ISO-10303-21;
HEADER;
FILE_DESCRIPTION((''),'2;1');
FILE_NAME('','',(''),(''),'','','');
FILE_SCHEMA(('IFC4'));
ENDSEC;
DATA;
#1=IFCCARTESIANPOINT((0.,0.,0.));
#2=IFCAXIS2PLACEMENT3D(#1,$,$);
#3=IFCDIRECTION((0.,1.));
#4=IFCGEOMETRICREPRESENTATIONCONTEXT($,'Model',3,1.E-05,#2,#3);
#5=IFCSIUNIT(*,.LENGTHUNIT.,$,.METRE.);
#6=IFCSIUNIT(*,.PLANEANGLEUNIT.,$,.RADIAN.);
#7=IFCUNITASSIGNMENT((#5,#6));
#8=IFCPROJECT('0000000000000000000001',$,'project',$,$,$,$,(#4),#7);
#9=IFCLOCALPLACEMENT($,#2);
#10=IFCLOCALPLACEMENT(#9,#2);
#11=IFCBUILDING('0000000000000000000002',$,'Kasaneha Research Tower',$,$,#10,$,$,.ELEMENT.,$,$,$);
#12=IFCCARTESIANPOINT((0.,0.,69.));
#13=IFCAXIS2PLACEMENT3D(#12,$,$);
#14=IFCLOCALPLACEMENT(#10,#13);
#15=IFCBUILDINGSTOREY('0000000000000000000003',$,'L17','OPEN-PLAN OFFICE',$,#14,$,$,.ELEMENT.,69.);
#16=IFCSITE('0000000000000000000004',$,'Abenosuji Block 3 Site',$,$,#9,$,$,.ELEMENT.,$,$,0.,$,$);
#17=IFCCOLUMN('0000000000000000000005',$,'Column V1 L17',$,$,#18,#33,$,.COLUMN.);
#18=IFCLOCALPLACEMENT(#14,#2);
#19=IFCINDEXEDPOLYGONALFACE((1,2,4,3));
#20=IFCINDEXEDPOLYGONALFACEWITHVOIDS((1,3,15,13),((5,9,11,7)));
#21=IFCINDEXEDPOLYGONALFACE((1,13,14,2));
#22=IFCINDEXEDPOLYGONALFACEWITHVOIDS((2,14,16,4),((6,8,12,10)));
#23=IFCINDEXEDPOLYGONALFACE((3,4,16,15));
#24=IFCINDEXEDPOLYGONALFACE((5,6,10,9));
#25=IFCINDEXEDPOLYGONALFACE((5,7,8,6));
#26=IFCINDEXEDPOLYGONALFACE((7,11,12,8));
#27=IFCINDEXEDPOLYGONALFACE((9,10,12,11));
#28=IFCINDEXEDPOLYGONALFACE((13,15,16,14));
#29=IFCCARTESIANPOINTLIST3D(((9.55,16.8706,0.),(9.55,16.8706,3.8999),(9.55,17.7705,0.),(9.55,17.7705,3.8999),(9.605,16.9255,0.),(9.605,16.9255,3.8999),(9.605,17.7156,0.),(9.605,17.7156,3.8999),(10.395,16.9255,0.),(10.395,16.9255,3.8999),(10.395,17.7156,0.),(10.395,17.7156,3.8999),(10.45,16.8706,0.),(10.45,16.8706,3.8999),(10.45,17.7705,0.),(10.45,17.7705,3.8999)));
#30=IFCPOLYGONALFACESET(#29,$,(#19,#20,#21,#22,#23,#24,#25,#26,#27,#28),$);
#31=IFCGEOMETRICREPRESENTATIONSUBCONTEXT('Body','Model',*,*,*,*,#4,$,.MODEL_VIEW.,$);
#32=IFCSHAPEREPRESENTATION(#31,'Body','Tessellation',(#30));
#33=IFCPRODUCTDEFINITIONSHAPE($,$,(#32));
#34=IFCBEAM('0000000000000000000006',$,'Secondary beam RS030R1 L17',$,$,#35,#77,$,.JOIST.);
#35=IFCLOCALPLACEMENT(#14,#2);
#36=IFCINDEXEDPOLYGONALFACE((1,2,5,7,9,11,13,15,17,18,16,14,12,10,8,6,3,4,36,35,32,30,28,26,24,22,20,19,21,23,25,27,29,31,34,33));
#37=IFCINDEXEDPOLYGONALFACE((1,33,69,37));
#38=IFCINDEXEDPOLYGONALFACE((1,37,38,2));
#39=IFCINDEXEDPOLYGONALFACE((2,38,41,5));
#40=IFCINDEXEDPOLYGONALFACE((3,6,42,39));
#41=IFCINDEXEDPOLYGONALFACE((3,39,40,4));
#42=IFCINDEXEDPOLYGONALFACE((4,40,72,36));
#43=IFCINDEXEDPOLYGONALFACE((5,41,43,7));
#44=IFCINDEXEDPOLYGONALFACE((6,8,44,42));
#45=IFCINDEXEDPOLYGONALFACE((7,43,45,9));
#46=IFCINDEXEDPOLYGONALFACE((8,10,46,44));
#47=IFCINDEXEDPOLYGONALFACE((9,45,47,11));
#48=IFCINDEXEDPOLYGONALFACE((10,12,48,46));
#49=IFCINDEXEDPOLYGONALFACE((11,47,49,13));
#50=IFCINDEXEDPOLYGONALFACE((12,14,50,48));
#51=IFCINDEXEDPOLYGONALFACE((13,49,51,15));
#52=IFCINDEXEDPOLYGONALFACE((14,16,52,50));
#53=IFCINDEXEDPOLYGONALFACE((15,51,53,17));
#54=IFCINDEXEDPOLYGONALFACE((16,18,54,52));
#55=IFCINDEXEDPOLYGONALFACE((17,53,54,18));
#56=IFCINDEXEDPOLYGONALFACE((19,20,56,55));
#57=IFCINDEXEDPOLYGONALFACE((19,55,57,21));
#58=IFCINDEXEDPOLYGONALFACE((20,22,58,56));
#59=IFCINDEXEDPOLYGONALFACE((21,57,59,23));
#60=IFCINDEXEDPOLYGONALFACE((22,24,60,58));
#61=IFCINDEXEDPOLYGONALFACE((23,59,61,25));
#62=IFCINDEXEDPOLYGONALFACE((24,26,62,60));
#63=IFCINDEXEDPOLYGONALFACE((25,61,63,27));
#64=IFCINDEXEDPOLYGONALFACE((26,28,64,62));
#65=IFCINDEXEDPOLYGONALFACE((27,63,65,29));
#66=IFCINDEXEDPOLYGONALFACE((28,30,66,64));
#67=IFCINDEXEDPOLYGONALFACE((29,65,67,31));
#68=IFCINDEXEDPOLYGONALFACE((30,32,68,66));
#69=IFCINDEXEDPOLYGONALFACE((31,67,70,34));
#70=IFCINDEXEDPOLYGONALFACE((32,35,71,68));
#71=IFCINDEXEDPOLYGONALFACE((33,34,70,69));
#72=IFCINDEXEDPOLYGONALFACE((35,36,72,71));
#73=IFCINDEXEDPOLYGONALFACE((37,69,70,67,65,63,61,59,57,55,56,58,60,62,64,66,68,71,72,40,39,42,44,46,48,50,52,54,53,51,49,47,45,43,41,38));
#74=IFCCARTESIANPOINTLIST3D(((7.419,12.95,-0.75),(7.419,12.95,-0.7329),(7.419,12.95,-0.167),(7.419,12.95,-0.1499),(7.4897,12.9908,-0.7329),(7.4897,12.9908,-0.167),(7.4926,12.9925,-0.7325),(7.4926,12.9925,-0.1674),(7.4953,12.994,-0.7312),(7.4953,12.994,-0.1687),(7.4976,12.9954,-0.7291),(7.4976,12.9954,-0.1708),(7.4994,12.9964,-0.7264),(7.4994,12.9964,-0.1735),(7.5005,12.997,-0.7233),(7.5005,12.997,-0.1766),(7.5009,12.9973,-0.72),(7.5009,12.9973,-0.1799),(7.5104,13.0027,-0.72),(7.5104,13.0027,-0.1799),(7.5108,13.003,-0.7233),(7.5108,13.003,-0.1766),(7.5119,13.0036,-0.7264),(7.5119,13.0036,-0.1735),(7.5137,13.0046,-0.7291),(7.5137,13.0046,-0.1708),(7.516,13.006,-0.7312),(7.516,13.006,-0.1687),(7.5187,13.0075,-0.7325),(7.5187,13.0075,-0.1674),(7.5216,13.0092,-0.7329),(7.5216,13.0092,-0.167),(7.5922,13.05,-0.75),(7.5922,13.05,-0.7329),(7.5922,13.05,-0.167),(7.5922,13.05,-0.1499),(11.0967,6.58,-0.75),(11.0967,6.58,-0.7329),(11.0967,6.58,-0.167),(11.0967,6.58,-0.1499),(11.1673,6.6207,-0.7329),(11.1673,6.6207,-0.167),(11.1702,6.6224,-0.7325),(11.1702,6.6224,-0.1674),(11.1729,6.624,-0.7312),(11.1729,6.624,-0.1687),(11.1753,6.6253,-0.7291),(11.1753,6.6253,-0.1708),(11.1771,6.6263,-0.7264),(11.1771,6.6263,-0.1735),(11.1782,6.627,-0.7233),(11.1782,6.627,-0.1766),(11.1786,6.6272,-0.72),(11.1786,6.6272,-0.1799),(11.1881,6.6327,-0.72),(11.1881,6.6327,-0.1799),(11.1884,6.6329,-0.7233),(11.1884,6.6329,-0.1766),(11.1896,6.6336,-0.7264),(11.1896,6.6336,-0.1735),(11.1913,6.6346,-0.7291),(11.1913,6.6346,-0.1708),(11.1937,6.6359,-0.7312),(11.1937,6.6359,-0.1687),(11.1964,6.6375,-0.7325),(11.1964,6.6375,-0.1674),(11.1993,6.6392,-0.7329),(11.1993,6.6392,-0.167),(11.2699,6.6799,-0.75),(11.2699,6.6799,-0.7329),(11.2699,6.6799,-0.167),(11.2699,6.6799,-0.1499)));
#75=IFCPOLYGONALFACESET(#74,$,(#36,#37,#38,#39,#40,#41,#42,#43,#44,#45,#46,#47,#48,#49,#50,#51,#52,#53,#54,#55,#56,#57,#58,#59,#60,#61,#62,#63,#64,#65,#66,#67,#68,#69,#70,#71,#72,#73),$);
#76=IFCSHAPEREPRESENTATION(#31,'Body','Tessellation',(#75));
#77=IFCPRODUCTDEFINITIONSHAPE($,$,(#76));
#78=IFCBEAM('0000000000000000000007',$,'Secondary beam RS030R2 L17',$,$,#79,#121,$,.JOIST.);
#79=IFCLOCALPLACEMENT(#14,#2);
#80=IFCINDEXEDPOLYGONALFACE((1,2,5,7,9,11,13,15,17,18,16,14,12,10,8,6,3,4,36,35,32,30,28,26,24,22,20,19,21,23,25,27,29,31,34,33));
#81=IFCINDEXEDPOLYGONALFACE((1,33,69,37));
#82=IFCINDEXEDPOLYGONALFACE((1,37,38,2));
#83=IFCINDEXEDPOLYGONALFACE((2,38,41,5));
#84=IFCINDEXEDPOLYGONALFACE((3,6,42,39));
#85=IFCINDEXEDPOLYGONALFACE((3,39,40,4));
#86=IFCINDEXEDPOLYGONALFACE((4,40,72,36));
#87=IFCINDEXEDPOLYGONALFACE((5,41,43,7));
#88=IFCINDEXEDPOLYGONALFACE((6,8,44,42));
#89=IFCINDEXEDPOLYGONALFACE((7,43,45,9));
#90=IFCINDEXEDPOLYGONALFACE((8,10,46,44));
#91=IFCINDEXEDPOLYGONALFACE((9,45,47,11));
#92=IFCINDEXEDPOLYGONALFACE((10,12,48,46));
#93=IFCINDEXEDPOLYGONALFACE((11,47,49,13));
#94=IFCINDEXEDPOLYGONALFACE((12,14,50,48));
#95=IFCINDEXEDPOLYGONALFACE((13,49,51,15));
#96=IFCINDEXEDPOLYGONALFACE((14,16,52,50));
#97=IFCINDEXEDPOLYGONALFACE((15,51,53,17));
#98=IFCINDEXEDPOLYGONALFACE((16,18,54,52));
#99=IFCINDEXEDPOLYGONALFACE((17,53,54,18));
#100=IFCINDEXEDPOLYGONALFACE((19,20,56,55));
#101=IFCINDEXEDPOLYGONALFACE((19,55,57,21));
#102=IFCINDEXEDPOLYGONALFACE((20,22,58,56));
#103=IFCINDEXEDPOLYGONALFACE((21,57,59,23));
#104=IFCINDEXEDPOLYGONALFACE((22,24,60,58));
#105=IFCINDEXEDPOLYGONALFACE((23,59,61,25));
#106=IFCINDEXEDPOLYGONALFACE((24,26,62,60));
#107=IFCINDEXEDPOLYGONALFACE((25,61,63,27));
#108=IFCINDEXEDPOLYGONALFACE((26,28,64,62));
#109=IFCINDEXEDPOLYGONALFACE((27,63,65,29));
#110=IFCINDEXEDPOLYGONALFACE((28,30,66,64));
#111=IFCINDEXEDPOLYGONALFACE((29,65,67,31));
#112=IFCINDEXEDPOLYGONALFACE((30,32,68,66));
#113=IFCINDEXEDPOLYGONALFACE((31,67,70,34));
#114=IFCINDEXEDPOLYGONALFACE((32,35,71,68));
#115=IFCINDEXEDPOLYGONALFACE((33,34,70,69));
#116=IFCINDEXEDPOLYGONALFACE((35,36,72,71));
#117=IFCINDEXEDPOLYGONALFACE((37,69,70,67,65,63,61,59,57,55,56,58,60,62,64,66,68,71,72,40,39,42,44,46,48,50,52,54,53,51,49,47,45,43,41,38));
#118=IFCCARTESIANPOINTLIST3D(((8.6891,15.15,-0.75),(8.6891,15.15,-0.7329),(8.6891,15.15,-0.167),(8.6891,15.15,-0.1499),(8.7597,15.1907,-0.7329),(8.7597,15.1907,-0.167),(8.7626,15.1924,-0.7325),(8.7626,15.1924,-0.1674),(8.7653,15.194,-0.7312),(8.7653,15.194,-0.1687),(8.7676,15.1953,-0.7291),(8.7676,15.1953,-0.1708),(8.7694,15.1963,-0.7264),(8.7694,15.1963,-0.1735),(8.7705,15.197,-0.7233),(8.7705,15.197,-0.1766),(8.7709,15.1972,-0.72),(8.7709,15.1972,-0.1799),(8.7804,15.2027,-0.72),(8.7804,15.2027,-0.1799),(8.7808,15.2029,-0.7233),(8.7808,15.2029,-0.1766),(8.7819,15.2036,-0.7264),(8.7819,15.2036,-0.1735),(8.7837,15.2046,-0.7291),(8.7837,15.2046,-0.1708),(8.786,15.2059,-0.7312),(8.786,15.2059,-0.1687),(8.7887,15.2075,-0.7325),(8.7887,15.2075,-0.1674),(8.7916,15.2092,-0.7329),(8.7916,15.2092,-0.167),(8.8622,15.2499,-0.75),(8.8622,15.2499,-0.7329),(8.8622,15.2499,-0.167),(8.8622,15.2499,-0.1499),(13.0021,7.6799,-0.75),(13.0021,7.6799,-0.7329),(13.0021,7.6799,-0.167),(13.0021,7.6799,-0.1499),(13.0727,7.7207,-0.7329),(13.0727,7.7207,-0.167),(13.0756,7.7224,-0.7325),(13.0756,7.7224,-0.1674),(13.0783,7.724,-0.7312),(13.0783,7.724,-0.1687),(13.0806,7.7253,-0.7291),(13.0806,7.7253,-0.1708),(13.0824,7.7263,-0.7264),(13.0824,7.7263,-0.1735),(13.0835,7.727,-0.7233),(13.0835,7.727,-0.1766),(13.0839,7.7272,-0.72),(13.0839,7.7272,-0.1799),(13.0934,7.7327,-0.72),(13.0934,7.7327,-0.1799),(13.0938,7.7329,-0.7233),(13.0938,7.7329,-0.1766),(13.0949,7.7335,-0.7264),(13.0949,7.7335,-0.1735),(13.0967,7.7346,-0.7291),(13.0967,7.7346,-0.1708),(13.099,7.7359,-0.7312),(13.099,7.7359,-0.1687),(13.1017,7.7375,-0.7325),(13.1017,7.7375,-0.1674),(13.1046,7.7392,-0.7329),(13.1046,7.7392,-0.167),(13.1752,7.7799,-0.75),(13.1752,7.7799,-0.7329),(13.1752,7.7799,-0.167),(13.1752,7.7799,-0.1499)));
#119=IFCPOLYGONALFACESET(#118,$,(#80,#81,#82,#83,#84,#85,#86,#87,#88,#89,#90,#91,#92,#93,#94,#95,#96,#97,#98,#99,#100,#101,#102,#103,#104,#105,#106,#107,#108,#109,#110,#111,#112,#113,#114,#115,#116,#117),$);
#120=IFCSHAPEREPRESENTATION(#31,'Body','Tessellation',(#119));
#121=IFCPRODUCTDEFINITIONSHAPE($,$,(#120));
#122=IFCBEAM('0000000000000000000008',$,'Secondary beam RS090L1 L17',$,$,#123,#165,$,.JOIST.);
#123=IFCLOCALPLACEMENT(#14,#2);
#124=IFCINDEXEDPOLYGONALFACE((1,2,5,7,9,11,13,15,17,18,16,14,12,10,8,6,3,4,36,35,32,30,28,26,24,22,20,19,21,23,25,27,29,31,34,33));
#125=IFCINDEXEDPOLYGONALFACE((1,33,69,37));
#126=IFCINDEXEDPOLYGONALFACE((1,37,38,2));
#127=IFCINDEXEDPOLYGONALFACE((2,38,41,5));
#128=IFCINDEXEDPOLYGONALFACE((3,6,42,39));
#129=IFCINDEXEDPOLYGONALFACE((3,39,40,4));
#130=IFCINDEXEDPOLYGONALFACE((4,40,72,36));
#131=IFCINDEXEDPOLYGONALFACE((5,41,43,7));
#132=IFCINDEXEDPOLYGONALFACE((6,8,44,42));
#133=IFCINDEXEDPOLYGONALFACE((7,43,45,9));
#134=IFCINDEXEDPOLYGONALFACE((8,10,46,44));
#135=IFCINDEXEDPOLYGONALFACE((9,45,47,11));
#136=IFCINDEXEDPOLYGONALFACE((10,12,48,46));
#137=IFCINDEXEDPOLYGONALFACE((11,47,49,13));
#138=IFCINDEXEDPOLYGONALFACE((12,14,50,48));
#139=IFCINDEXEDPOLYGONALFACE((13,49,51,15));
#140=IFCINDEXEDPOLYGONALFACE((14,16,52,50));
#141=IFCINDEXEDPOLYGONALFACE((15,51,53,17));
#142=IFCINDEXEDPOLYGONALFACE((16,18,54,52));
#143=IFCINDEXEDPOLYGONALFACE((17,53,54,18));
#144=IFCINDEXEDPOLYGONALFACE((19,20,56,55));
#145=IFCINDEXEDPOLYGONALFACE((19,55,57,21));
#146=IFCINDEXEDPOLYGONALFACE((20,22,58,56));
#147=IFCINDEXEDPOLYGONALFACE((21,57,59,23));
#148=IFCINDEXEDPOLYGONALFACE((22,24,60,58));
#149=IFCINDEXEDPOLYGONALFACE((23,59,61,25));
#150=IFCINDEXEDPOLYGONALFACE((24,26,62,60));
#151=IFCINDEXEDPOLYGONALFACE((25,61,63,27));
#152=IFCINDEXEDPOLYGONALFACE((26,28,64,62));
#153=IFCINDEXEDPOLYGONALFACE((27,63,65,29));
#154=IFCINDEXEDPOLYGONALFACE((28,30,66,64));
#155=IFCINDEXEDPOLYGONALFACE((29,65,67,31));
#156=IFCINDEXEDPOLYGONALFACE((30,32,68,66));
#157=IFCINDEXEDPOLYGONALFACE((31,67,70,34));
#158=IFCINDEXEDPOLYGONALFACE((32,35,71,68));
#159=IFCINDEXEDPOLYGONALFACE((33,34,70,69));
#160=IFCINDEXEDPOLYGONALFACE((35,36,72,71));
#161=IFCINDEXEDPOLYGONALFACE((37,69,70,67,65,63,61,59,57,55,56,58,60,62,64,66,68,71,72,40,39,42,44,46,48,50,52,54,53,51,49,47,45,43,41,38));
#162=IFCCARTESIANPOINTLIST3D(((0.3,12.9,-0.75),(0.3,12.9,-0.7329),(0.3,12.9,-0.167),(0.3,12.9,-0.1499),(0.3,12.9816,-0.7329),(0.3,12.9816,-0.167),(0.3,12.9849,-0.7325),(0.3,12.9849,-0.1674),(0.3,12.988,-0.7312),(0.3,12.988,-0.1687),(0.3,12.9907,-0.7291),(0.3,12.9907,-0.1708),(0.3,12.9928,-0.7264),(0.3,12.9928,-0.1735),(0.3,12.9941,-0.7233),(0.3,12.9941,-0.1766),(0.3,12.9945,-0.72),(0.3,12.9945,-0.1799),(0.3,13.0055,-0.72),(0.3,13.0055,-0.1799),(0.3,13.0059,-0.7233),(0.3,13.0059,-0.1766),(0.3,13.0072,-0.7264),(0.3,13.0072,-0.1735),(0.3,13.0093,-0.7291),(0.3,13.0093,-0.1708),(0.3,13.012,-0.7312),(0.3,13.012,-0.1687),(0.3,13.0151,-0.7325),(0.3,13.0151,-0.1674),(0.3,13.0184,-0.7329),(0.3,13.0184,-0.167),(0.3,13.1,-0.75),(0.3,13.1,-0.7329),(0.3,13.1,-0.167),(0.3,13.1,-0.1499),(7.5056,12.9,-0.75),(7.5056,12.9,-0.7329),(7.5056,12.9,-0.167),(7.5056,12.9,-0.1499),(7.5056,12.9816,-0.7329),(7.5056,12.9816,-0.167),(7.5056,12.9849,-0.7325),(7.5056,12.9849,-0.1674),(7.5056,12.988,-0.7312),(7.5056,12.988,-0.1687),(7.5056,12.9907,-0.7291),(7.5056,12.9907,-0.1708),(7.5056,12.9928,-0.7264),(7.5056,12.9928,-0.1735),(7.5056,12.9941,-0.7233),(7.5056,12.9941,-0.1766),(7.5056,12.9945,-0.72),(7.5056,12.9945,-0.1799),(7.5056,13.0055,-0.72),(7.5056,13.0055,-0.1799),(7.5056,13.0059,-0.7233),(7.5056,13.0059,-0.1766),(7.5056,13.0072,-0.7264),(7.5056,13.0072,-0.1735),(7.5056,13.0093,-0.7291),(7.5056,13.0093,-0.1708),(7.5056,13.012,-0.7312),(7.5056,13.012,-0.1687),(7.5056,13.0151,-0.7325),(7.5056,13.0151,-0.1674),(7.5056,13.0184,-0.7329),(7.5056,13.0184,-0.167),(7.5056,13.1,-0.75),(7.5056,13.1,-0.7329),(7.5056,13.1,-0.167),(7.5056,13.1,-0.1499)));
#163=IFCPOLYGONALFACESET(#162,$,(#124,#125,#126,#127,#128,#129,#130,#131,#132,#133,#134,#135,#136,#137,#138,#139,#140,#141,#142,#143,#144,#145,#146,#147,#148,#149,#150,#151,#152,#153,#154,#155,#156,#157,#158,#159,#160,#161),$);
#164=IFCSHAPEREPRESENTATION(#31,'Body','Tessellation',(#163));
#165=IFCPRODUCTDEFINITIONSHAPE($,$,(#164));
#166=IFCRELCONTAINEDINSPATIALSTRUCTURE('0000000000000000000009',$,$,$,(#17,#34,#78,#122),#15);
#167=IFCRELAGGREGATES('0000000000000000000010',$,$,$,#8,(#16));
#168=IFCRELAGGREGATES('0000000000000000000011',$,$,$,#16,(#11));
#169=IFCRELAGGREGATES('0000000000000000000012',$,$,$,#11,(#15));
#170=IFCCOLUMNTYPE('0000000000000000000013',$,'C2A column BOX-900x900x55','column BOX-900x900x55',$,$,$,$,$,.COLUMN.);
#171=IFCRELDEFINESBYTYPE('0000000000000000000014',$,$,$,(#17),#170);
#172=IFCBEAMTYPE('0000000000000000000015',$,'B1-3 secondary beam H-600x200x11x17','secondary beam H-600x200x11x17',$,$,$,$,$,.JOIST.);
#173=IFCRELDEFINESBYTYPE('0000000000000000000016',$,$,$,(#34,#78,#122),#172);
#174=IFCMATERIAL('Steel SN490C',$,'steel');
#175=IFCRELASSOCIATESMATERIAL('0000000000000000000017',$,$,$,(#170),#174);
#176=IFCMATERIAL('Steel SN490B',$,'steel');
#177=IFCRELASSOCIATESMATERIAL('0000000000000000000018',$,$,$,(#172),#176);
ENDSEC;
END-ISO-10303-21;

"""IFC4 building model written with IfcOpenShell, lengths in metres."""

from ifc_helpers import new_model, si_unit, direction, frame, origin, origin_2d, place, context, subcontext, project, spatial, hollow_rectangle, i_section, extrude, material, material_profile, profile_set, type_object, element, save


model = new_model("IFC4")

# Units and contexts
model_context = context("Model", 3, precision=1e-05, world=origin(), true_north=direction((0.0, 1.0)))
body_context = subcontext(model_context, "Body", "Model", "MODEL_VIEW")
ifc_project = project(units=[si_unit("LENGTHUNIT", "METRE"), si_unit("PLANEANGLEUNIT", "RADIAN")], contexts=[model_context])

# Site, building, storey
site_placement = place(None, origin())
site = spatial("IfcSite", under=ifc_project, at=site_placement, Name="Abenosuji Block 3 Site", CompositionType="ELEMENT", RefElevation=0.0)
building_placement = place(site_placement, origin())
building = spatial("IfcBuilding", under=site, at=building_placement, Name="Kasaneha Research Tower", CompositionType="ELEMENT")
storey_placement = place(building_placement, frame((0.0, 0.0, 69.0)))
storey = spatial("IfcBuildingStorey", under=building, at=storey_placement, Name="L17", Description="OPEN-PLAN OFFICE", CompositionType="ELEMENT", Elevation=69.0)

# Column
ifc_material_1 = material(Name="Steel SN490C", Category="steel")
ifc_material_profile_1 = material_profile(ifc_material_1, hollow_rectangle(XDim=0.8999, YDim=0.8999, WallThickness=0.0549, at=origin_2d()), Name="BOX-900x900x55")
ifc_profile_set_1 = profile_set([ifc_material_profile_1], Name="Steel SN490C")
column_type = type_object("IfcColumnType", Name="C2A column BOX-900x900x55", Description="column BOX-900x900x55", PredefinedType="COLUMN", material=ifc_profile_set_1)
column_placement = place(storey_placement, frame((10.0, 17.3206, 0.0), z_axis=(0.0, 0.0, 1.0), x_axis=(1.0, 0.0, 0.0)))
element("IfcColumn", 1, at=column_placement, inside=storey, type_object=column_type, Name="Column V1 L17", PredefinedType="COLUMN", context=body_context, shape_type="SweptSolid", body=[
    extrude(hollow_rectangle(XDim=0.8999, YDim=0.8999, WallThickness=0.0549, at=origin_2d()), origin(), (0.0, 0.0, 1.0), 3.8999),
])

# Beams
ifc_material_2 = material(Name="Steel SN490B", Category="steel")
ifc_material_profile_2 = material_profile(ifc_material_2, i_section(OverallWidth=0.2, OverallDepth=0.6001, WebThickness=0.011, FlangeThickness=0.0171, FilletRadius=0.0129, at=origin_2d()), Name="H-600x200x11x17")
ifc_profile_set_2 = profile_set([ifc_material_profile_2], Name="Steel SN490B")
beam_type_1 = type_object("IfcBeamType", Name="B1-3 secondary beam H-600x200x11x17", Description="secondary beam H-600x200x11x17", PredefinedType="JOIST", material=ifc_profile_set_2)
beam_1_placement = place(storey_placement, frame((7.5056, 13.0, -0.45), z_axis=(0.499994, -0.866029, 0.0), x_axis=(0.866029, 0.499994, 0.0)))
element("IfcBeam", 2, at=beam_1_placement, inside=storey, type_object=beam_type_1, Name="Secondary beam RS030R1 L17", PredefinedType="JOIST", context=body_context, shape_type="SweptSolid", body=[
    extrude(i_section(OverallWidth=0.2, OverallDepth=0.6001, WebThickness=0.011, FlangeThickness=0.0171, FilletRadius=0.0129, at=origin_2d()), origin(), (0.0, 0.0, 1.0), 7.3555),
])
beam_2_placement = place(storey_placement, frame((8.7756, 15.2, -0.45), z_axis=(0.500017, -0.866015, 0.0), x_axis=(0.866015, 0.500017, 0.0)))
element("IfcBeam", 3, at=beam_2_placement, inside=storey, type_object=beam_type_1, Name="Secondary beam RS030R2 L17", PredefinedType="JOIST", context=body_context, shape_type="SweptSolid", body=[
    extrude(i_section(OverallWidth=0.2, OverallDepth=0.6001, WebThickness=0.011, FlangeThickness=0.0171, FilletRadius=0.0129, at=origin_2d()), origin(), (0.0, 0.0, 1.0), 8.6257),
])
beam_3_placement = place(storey_placement, frame((7.5056, 13.0, -0.45), z_axis=(-1.0, 0.0, 0.0), x_axis=(0.0, -1.0, 0.0)))
element("IfcBeam", 4, at=beam_3_placement, inside=storey, type_object=beam_type_1, Name="Secondary beam RS090L1 L17", PredefinedType="JOIST", context=body_context, shape_type="SweptSolid", body=[
    extrude(i_section(OverallWidth=0.2, OverallDepth=0.6001, WebThickness=0.011, FlangeThickness=0.0171, FilletRadius=0.0129, at=origin_2d()), origin(), (0.0, 0.0, 1.0), 7.2056),
])

save(model, "model.ifc")
